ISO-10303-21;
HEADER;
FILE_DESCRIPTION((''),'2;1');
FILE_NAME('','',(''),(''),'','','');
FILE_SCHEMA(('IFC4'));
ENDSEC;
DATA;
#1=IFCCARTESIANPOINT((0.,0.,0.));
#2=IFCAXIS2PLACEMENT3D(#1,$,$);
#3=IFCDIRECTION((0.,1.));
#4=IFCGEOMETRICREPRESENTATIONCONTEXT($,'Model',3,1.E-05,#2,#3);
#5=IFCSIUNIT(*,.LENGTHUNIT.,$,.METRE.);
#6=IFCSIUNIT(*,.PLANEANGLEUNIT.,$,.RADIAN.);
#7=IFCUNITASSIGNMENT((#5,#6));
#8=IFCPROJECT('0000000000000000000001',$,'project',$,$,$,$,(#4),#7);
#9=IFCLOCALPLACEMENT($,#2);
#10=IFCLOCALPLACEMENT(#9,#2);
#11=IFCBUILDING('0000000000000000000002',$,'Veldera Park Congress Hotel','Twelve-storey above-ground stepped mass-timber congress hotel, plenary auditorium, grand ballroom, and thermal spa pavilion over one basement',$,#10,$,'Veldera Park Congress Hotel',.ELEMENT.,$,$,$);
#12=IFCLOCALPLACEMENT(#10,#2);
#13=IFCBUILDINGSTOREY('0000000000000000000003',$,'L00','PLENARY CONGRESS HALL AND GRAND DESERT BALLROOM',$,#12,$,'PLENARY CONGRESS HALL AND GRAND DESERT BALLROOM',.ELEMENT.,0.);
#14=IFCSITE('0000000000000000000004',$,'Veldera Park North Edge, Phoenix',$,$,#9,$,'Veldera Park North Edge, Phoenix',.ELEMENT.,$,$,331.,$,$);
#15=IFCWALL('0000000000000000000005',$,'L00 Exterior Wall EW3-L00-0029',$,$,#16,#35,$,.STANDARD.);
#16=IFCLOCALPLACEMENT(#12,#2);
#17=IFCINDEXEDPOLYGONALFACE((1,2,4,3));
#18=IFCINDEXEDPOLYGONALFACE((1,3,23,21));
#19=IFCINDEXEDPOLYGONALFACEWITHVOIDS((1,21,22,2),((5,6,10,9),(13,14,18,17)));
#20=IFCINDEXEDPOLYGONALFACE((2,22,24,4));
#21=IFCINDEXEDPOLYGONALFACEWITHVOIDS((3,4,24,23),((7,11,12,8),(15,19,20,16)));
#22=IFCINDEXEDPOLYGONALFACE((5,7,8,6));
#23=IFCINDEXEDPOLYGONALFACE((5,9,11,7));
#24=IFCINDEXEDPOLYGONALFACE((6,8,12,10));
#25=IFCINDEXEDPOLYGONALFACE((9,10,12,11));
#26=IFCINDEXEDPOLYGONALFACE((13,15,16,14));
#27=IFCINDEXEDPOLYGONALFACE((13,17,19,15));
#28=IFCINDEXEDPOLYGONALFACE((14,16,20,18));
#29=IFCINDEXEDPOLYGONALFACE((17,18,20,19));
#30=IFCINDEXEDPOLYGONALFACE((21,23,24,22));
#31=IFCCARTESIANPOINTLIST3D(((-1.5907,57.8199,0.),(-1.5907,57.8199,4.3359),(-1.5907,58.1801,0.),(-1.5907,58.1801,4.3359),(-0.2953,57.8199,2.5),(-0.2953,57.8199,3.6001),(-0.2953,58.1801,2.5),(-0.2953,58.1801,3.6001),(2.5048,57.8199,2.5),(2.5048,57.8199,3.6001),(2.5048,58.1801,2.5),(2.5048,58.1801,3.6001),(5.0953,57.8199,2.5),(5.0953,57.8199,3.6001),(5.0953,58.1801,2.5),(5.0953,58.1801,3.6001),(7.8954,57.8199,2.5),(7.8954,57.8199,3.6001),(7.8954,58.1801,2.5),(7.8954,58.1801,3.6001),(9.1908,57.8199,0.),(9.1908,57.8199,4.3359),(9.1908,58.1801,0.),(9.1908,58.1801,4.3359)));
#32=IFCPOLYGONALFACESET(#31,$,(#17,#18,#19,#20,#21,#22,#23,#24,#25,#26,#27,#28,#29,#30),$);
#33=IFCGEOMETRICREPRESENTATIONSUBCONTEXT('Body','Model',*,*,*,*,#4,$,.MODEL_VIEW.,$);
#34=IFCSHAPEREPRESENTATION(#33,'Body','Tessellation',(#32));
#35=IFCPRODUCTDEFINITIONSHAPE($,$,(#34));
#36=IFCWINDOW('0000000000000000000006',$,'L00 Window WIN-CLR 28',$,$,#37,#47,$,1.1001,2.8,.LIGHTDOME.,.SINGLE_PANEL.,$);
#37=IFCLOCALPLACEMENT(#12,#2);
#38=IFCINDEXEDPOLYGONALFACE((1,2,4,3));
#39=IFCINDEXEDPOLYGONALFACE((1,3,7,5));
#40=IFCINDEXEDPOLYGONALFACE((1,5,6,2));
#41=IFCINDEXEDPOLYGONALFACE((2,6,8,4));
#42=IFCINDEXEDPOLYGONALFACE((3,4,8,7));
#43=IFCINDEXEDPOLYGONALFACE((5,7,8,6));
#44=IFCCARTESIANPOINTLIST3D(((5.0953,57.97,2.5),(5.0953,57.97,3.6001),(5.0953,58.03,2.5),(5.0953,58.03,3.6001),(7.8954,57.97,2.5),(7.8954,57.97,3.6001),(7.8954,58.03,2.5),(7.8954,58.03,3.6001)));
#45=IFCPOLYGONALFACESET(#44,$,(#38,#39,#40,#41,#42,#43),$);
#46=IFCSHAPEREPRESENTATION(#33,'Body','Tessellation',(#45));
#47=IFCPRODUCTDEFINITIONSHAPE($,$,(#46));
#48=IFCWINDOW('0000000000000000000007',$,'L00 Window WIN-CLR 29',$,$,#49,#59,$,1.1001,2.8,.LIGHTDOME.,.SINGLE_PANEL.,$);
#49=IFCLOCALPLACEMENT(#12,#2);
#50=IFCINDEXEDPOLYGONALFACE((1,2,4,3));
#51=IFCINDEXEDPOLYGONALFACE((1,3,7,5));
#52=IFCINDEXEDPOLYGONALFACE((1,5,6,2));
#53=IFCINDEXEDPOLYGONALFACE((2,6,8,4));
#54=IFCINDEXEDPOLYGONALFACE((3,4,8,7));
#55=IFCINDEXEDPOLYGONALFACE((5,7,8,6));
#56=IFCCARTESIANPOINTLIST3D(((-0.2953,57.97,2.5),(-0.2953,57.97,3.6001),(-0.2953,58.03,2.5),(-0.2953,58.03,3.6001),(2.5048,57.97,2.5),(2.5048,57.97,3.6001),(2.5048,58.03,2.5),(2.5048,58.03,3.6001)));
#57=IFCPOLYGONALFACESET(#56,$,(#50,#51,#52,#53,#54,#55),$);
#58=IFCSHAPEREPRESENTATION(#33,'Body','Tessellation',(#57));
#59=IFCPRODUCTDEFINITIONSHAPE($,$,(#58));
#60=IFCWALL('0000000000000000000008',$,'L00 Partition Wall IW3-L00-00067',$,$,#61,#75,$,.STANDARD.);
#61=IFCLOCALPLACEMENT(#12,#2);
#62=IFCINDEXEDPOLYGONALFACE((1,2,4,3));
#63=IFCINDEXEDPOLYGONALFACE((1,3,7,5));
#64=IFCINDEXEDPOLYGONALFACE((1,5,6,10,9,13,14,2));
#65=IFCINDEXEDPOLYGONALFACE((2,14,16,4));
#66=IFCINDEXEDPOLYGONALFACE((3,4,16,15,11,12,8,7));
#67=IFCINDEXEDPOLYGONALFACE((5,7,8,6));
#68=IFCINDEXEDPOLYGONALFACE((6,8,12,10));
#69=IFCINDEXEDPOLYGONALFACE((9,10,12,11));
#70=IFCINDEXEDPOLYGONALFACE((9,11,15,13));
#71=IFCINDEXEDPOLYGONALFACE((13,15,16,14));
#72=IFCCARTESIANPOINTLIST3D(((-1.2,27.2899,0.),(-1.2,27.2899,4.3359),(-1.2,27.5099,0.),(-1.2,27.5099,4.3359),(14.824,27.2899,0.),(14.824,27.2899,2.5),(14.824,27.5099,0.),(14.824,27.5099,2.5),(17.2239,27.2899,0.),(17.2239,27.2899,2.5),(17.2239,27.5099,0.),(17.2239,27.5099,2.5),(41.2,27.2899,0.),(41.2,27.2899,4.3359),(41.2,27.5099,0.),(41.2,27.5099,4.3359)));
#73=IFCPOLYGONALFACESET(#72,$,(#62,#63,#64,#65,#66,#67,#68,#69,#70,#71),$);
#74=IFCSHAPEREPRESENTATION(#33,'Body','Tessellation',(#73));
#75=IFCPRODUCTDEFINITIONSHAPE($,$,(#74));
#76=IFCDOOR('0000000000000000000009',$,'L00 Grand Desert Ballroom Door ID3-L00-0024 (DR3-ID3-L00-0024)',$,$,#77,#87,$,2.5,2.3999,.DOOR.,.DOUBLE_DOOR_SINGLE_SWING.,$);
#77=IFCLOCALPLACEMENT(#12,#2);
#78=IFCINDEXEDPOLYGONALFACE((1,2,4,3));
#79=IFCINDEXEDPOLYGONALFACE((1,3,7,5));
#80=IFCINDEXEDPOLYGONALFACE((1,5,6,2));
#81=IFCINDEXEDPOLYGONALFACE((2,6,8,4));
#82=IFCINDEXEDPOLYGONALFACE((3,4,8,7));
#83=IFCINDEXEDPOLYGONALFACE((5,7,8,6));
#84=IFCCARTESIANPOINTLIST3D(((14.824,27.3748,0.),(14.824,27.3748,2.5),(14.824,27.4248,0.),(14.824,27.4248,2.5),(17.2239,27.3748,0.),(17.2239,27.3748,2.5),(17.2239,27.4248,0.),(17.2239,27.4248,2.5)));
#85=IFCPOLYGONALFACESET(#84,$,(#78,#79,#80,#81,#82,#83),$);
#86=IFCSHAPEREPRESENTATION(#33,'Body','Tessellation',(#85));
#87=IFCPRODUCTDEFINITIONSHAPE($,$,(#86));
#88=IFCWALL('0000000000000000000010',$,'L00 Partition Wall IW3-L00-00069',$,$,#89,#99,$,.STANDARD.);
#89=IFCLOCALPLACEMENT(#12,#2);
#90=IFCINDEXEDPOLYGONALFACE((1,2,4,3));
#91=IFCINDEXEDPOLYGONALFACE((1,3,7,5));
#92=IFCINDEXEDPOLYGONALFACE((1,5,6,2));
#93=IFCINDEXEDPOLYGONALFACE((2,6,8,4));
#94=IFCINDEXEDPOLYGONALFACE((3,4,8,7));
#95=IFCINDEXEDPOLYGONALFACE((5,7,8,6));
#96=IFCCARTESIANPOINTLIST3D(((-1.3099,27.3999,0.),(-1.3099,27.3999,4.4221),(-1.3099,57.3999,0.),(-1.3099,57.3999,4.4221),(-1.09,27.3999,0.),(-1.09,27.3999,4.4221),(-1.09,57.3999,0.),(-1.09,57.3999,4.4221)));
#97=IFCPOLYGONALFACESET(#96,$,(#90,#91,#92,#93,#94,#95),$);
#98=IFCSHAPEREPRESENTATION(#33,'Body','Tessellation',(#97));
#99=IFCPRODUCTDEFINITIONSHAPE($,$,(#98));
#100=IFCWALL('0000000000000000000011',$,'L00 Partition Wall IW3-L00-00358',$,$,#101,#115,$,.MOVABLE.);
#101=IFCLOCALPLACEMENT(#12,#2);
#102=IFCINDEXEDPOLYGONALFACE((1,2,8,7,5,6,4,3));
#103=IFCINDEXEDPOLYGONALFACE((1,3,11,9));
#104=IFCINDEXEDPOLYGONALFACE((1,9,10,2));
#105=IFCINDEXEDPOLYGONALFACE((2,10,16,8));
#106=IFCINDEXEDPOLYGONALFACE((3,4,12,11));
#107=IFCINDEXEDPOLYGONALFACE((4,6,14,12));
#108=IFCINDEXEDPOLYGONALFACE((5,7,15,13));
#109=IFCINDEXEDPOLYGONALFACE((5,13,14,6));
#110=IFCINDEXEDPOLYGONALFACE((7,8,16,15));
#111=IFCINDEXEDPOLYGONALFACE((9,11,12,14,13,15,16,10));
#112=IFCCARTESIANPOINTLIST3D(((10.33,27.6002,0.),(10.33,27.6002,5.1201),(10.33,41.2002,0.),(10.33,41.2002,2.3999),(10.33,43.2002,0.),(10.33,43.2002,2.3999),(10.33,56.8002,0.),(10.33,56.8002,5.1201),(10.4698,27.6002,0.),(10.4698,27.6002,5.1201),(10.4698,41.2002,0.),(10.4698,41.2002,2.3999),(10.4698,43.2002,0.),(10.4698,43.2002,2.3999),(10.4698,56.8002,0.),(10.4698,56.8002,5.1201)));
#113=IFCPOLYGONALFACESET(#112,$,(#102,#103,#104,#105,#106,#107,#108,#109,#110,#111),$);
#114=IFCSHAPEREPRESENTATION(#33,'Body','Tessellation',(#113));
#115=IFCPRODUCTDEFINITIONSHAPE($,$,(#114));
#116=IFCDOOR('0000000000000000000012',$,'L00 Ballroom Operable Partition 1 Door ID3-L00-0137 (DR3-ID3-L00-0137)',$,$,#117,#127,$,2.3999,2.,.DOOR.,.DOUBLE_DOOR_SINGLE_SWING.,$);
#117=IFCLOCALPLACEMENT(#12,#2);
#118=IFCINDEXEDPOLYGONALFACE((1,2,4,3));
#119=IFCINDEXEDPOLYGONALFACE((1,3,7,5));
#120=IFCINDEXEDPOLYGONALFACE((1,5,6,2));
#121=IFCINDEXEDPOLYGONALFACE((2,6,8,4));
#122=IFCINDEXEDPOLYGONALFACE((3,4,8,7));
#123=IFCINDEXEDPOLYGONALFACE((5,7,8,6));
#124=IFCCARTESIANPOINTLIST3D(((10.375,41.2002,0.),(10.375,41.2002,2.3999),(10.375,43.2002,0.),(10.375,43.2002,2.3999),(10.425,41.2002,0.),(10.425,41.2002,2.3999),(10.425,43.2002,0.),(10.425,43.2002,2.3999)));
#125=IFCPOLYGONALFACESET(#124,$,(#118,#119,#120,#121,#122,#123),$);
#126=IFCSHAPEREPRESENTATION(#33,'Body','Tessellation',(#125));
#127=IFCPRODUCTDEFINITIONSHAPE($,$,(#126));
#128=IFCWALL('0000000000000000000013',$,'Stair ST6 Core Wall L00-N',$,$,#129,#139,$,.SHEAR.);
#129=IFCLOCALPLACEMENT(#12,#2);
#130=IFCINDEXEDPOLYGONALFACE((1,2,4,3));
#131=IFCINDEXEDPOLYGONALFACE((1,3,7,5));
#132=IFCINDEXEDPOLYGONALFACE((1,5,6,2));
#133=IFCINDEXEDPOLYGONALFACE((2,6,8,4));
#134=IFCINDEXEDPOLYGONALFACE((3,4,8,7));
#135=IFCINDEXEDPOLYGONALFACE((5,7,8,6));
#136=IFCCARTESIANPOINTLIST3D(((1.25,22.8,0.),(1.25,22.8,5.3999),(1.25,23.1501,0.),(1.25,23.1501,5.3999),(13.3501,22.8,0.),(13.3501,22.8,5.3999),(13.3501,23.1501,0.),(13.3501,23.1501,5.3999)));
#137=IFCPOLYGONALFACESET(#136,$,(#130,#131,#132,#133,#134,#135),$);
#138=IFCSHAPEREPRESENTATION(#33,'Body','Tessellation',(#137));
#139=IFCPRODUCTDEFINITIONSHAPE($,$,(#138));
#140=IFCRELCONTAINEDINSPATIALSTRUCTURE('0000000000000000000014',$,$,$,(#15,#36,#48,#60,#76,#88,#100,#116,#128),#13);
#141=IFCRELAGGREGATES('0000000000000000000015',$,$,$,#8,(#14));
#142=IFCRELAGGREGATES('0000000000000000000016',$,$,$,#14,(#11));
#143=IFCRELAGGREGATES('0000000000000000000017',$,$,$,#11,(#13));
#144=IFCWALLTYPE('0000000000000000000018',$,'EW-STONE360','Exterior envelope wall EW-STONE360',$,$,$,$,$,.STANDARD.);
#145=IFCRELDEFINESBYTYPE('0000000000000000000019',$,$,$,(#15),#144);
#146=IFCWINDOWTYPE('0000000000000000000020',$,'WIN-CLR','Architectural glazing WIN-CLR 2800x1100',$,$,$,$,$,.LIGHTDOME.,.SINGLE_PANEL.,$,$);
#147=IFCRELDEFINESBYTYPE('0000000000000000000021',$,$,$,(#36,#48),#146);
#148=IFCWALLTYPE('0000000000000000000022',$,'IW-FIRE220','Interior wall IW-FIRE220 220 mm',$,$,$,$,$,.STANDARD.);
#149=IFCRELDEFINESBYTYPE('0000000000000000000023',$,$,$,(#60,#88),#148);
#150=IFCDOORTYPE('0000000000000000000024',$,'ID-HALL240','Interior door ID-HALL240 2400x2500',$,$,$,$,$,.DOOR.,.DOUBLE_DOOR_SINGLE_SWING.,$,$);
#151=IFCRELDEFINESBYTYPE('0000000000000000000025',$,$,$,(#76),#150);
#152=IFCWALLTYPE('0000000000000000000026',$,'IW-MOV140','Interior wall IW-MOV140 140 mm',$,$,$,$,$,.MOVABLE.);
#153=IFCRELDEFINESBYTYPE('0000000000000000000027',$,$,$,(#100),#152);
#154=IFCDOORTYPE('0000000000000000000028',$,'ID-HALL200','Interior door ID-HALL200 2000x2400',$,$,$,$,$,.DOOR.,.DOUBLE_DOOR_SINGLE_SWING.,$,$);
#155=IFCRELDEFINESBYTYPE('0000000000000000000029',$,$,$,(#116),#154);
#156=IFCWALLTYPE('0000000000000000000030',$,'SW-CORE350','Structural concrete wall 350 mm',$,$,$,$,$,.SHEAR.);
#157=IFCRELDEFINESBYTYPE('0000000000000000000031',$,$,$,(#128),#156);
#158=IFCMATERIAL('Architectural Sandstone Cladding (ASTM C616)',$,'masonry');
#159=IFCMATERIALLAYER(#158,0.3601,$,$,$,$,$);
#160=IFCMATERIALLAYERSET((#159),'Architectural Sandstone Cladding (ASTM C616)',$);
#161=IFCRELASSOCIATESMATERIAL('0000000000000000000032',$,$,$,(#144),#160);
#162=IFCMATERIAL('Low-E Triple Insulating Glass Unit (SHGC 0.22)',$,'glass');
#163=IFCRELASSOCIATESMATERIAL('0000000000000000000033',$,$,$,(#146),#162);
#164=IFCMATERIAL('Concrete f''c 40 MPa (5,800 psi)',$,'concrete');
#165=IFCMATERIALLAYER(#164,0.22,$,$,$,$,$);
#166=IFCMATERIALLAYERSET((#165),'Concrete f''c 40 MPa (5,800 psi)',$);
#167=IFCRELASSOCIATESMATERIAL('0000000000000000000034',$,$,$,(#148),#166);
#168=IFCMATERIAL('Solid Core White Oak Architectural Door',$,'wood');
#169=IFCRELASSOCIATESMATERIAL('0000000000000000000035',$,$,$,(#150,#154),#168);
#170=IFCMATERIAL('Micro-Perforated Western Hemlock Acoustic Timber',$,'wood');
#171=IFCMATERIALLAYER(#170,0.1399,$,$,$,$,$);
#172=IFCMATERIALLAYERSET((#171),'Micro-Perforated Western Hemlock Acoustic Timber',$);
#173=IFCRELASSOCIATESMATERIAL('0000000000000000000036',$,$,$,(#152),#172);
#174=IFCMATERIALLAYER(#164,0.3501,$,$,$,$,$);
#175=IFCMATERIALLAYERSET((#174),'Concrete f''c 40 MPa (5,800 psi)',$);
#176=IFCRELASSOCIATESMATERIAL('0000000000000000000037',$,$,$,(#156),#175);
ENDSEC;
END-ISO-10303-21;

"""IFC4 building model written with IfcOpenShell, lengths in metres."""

from ifc_helpers import new_model, si_unit, direction, frame, frame_2d, origin, place, context, subcontext, project, spatial, rectangle, extrude, material, layer, layer_set, type_object, element, fill, save


model = new_model("IFC4")

# Units and contexts
model_context = context("Model", 3, precision=1e-05, world=origin(), true_north=direction((0.0, 1.0)))
body_context = subcontext(model_context, "Body", "Model", "MODEL_VIEW")
ifc_project = project(units=[si_unit("LENGTHUNIT", "METRE"), si_unit("PLANEANGLEUNIT", "RADIAN")], contexts=[model_context])

# Site, building, storey
site_placement = place(None, origin())
site = spatial("IfcSite", under=ifc_project, at=site_placement, Name="Veldera Park North Edge, Phoenix", LongName="Veldera Park North Edge, Phoenix", CompositionType="ELEMENT", RefElevation=331.0)
building_placement = place(site_placement, origin())
building = spatial("IfcBuilding", under=site, at=building_placement, Name="Veldera Park Congress Hotel", Description="Twelve-storey above-ground stepped mass-timber congress hotel, plenary auditorium, grand ballroom, and thermal spa pavilion over one basement", LongName="Veldera Park Congress Hotel", CompositionType="ELEMENT")
storey_placement = place(building_placement, origin())
storey = spatial("IfcBuildingStorey", under=building, at=storey_placement, Name="L00", Description="PLENARY CONGRESS HALL AND GRAND DESERT BALLROOM", LongName="PLENARY CONGRESS HALL AND GRAND DESERT BALLROOM", CompositionType="ELEMENT", Elevation=0.0)

# Shared definitions
ifc_material_1 = material(Name="Concrete f'c 40 MPa (5,800 psi)", Category="concrete")

# Shared definitions
ifc_material_2 = material(Name="Architectural Sandstone Cladding (ASTM C616)", Category="masonry")
ifc_layer_1 = layer(ifc_material_2, 0.3601)
ifc_layer_set_1 = layer_set([ifc_layer_1], Name="Architectural Sandstone Cladding (ASTM C616)")
wall_type_1 = type_object("IfcWallType", Name="EW-STONE360", Description="Exterior envelope wall EW-STONE360", PredefinedType="STANDARD", material=ifc_layer_set_1)
ifc_material_3 = material(Name="Low-E Triple Insulating Glass Unit (SHGC 0.22)", Category="glass")
window_type = type_object("IfcWindowType", Name="WIN-CLR", Description="Architectural glazing WIN-CLR 2800x1100", PartitioningType="SINGLE_PANEL", PredefinedType="LIGHTDOME", material=ifc_material_3)

# Wall, openings, windows
wall_1_placement = place(storey_placement, frame((9.1907, 58.0, 0.0), z_axis=(0.0, 0.0, 1.0), x_axis=(-1.0, 0.0, 0.0)))
wall_1 = element("IfcWall", 1, at=wall_1_placement, inside=storey, type_object=wall_type_1, Name="L00 Exterior Wall EW3-L00-0029", PredefinedType="STANDARD", context=body_context, shape_type="SweptSolid", body=[
    extrude(rectangle(XDim=10.7815, YDim=0.3601, at=frame_2d((5.3906, 0.0))), origin(), (0.0, 0.0, 1.0), 4.3359),
])
opening_1_placement = place(wall_1_placement, frame((1.2954, 0.0, 2.5)))
opening_1 = element("IfcOpeningElement", 2, at=opening_1_placement, cuts=wall_1, PredefinedType="OPENING", context=body_context, shape_type="SweptSolid", body=[
    extrude(rectangle(XDim=2.8, YDim=1.1001, at=frame_2d((1.3999, 0.55))), frame((0.0, 0.1921, 0.0), z_axis=(0.0, -1.0, 0.0), x_axis=(1.0, 0.0, 0.0)), (0.0, 0.0, 1.0), 0.384),
])
opening_2_placement = place(wall_1_placement, frame((6.686, 0.0, 2.5)))
opening_2 = element("IfcOpeningElement", 3, at=opening_2_placement, cuts=wall_1, PredefinedType="OPENING", context=body_context, shape_type="SweptSolid", body=[
    extrude(rectangle(XDim=2.8, YDim=1.1001, at=frame_2d((1.3999, 0.55))), frame((0.0, 0.1921, 0.0), z_axis=(0.0, -1.0, 0.0), x_axis=(1.0, 0.0, 0.0)), (0.0, 0.0, 1.0), 0.384),
])
window_1_placement = place(opening_1_placement, origin())
window_1 = element("IfcWindow", 4, at=window_1_placement, inside=storey, type_object=window_type, Name="L00 Window WIN-CLR 28", OverallHeight=1.1001, OverallWidth=2.8, PartitioningType="SINGLE_PANEL", PredefinedType="LIGHTDOME", context=body_context, shape_type="SweptSolid", body=[
    extrude(rectangle(XDim=2.8, YDim=1.1001, at=frame_2d((1.3999, 0.55))), frame((0.0, 0.03, 0.0), z_axis=(0.0, -1.0, 0.0), x_axis=(1.0, 0.0, 0.0)), (0.0, 0.0, 1.0), 0.0601),
])
fill(opening_1, window_1)
window_2_placement = place(opening_2_placement, origin())
window_2 = element("IfcWindow", 5, at=window_2_placement, inside=storey, type_object=window_type, Name="L00 Window WIN-CLR 29", OverallHeight=1.1001, OverallWidth=2.8, PartitioningType="SINGLE_PANEL", PredefinedType="LIGHTDOME", context=body_context, shape_type="SweptSolid", body=[
    extrude(rectangle(XDim=2.8, YDim=1.1001, at=frame_2d((1.3999, 0.55))), frame((0.0, 0.03, 0.0), z_axis=(0.0, -1.0, 0.0), x_axis=(1.0, 0.0, 0.0)), (0.0, 0.0, 1.0), 0.0601),
])
fill(opening_2, window_2)

# Wall, opening, door
ifc_layer_2 = layer(ifc_material_1, 0.22)
ifc_layer_set_2 = layer_set([ifc_layer_2], Name="Concrete f'c 40 MPa (5,800 psi)")
wall_type_2 = type_object("IfcWallType", Name="IW-FIRE220", Description="Interior wall IW-FIRE220 220 mm", PredefinedType="STANDARD", material=ifc_layer_set_2)
wall_2_placement = place(storey_placement, frame((-1.2, 27.3999, 0.0), z_axis=(0.0, 0.0, 1.0), x_axis=(1.0, 0.0, 0.0)))
wall_2 = element("IfcWall", 6, at=wall_2_placement, inside=storey, type_object=wall_type_2, Name="L00 Partition Wall IW3-L00-00067", PredefinedType="STANDARD", context=body_context, shape_type="SweptSolid", body=[
    extrude(rectangle(XDim=42.3999, YDim=0.22, at=frame_2d((21.2, 0.0))), origin(), (0.0, 0.0, 1.0), 4.3359),
])
opening_3_placement = place(wall_2_placement, frame((16.0239, 0.0, 0.0)))
opening_3 = element("IfcOpeningElement", 7, at=opening_3_placement, cuts=wall_2, PredefinedType="OPENING", context=body_context, shape_type="SweptSolid", body=[
    extrude(rectangle(XDim=2.3999, YDim=2.5, at=frame_2d((1.2, 1.25))), frame((0.0, 0.1221, 0.0), z_axis=(0.0, -1.0, 0.0), x_axis=(1.0, 0.0, 0.0)), (0.0, 0.0, 1.0), 0.2439),
])
ifc_material_4 = material(Name="Solid Core White Oak Architectural Door", Category="wood")
door_type_1 = type_object("IfcDoorType", Name="ID-HALL240", Description="Interior door ID-HALL240 2400x2500", OperationType="DOUBLE_DOOR_SINGLE_SWING", PredefinedType="DOOR", material=ifc_material_4)
door_1_placement = place(opening_3_placement, origin())
door_1 = element("IfcDoor", 8, at=door_1_placement, inside=storey, type_object=door_type_1, Name="L00 Grand Desert Ballroom Door ID3-L00-0024 (DR3-ID3-L00-0024)", OperationType="DOUBLE_DOOR_SINGLE_SWING", OverallHeight=2.5, OverallWidth=2.3999, PredefinedType="DOOR", context=body_context, shape_type="SweptSolid", body=[
    extrude(rectangle(XDim=2.3999, YDim=2.5, at=frame_2d((1.2, 1.25))), frame((0.0, 0.0249, 0.0), z_axis=(0.0, -1.0, 0.0), x_axis=(1.0, 0.0, 0.0)), (0.0, 0.0, 1.0), 0.05),
])
fill(opening_3, door_1)

# Wall
wall_3_placement = place(storey_placement, frame((-1.2, 57.3999, 0.0), z_axis=(0.0, 0.0, 1.0), x_axis=(0.0, -1.0, 0.0)))
element("IfcWall", 9, at=wall_3_placement, inside=storey, type_object=wall_type_2, Name="L00 Partition Wall IW3-L00-00069", PredefinedType="STANDARD", context=body_context, shape_type="SweptSolid", body=[
    extrude(rectangle(XDim=30.0, YDim=0.22, at=frame_2d((15.0, 0.0))), origin(), (0.0, 0.0, 1.0), 4.4221),
])

# Wall, opening, door
ifc_material_5 = material(Name="Micro-Perforated Western Hemlock Acoustic Timber", Category="wood")
ifc_layer_3 = layer(ifc_material_5, 0.1399)
ifc_layer_set_3 = layer_set([ifc_layer_3], Name="Micro-Perforated Western Hemlock Acoustic Timber")
wall_type_3 = type_object("IfcWallType", Name="IW-MOV140", Description="Interior wall IW-MOV140 140 mm", PredefinedType="MOVABLE", material=ifc_layer_set_3)
wall_4_placement = place(storey_placement, frame((10.3999, 27.6001, 0.0), z_axis=(0.0, 0.0, 1.0), x_axis=(0.0, 1.0, 0.0)))
wall_4 = element("IfcWall", 10, at=wall_4_placement, inside=storey, type_object=wall_type_3, Name="L00 Partition Wall IW3-L00-00358", PredefinedType="MOVABLE", context=body_context, shape_type="SweptSolid", body=[
    extrude(rectangle(XDim=29.2, YDim=0.1399, at=frame_2d((14.6001, 0.0))), origin(), (0.0, 0.0, 1.0), 5.1201),
])
opening_4_placement = place(wall_4_placement, frame((13.6001, 0.0, 0.0)))
opening_4 = element("IfcOpeningElement", 11, at=opening_4_placement, cuts=wall_4, PredefinedType="OPENING", context=body_context, shape_type="SweptSolid", body=[
    extrude(rectangle(XDim=2.0, YDim=2.3999, at=frame_2d((1.0, 1.2))), frame((0.0, 0.082, 0.0), z_axis=(0.0, -1.0, 0.0), x_axis=(1.0, 0.0, 0.0)), (0.0, 0.0, 1.0), 0.1638),
])
door_type_2 = type_object("IfcDoorType", Name="ID-HALL200", Description="Interior door ID-HALL200 2000x2400", OperationType="DOUBLE_DOOR_SINGLE_SWING", PredefinedType="DOOR", material=ifc_material_4)
door_2_placement = place(opening_4_placement, origin())
door_2 = element("IfcDoor", 12, at=door_2_placement, inside=storey, type_object=door_type_2, Name="L00 Ballroom Operable Partition 1 Door ID3-L00-0137 (DR3-ID3-L00-0137)", OperationType="DOUBLE_DOOR_SINGLE_SWING", OverallHeight=2.3999, OverallWidth=2.0, PredefinedType="DOOR", context=body_context, shape_type="SweptSolid", body=[
    extrude(rectangle(XDim=2.0, YDim=2.3999, at=frame_2d((1.0, 1.2))), frame((0.0, 0.0249, 0.0), z_axis=(0.0, -1.0, 0.0), x_axis=(1.0, 0.0, 0.0)), (0.0, 0.0, 1.0), 0.05),
])
fill(opening_4, door_2)

# Wall
ifc_layer_4 = layer(ifc_material_1, 0.3501)
ifc_layer_set_4 = layer_set([ifc_layer_4], Name="Concrete f'c 40 MPa (5,800 psi)")
wall_type_4 = type_object("IfcWallType", Name="SW-CORE350", Description="Structural concrete wall 350 mm", PredefinedType="SHEAR", material=ifc_layer_set_4)
wall_5_placement = place(storey_placement, frame((13.3501, 22.9751, 0.0), z_axis=(0.0, 0.0, 1.0), x_axis=(-1.0, 0.0, 0.0)))
element("IfcWall", 13, at=wall_5_placement, inside=storey, type_object=wall_type_4, Name="Stair ST6 Core Wall L00-N", PredefinedType="SHEAR", context=body_context, shape_type="SweptSolid", body=[
    extrude(rectangle(XDim=12.1001, YDim=0.3501, at=frame_2d((6.05, 0.0))), origin(), (0.0, 0.0, 1.0), 5.3999),
])

save(model, "model.ifc")
